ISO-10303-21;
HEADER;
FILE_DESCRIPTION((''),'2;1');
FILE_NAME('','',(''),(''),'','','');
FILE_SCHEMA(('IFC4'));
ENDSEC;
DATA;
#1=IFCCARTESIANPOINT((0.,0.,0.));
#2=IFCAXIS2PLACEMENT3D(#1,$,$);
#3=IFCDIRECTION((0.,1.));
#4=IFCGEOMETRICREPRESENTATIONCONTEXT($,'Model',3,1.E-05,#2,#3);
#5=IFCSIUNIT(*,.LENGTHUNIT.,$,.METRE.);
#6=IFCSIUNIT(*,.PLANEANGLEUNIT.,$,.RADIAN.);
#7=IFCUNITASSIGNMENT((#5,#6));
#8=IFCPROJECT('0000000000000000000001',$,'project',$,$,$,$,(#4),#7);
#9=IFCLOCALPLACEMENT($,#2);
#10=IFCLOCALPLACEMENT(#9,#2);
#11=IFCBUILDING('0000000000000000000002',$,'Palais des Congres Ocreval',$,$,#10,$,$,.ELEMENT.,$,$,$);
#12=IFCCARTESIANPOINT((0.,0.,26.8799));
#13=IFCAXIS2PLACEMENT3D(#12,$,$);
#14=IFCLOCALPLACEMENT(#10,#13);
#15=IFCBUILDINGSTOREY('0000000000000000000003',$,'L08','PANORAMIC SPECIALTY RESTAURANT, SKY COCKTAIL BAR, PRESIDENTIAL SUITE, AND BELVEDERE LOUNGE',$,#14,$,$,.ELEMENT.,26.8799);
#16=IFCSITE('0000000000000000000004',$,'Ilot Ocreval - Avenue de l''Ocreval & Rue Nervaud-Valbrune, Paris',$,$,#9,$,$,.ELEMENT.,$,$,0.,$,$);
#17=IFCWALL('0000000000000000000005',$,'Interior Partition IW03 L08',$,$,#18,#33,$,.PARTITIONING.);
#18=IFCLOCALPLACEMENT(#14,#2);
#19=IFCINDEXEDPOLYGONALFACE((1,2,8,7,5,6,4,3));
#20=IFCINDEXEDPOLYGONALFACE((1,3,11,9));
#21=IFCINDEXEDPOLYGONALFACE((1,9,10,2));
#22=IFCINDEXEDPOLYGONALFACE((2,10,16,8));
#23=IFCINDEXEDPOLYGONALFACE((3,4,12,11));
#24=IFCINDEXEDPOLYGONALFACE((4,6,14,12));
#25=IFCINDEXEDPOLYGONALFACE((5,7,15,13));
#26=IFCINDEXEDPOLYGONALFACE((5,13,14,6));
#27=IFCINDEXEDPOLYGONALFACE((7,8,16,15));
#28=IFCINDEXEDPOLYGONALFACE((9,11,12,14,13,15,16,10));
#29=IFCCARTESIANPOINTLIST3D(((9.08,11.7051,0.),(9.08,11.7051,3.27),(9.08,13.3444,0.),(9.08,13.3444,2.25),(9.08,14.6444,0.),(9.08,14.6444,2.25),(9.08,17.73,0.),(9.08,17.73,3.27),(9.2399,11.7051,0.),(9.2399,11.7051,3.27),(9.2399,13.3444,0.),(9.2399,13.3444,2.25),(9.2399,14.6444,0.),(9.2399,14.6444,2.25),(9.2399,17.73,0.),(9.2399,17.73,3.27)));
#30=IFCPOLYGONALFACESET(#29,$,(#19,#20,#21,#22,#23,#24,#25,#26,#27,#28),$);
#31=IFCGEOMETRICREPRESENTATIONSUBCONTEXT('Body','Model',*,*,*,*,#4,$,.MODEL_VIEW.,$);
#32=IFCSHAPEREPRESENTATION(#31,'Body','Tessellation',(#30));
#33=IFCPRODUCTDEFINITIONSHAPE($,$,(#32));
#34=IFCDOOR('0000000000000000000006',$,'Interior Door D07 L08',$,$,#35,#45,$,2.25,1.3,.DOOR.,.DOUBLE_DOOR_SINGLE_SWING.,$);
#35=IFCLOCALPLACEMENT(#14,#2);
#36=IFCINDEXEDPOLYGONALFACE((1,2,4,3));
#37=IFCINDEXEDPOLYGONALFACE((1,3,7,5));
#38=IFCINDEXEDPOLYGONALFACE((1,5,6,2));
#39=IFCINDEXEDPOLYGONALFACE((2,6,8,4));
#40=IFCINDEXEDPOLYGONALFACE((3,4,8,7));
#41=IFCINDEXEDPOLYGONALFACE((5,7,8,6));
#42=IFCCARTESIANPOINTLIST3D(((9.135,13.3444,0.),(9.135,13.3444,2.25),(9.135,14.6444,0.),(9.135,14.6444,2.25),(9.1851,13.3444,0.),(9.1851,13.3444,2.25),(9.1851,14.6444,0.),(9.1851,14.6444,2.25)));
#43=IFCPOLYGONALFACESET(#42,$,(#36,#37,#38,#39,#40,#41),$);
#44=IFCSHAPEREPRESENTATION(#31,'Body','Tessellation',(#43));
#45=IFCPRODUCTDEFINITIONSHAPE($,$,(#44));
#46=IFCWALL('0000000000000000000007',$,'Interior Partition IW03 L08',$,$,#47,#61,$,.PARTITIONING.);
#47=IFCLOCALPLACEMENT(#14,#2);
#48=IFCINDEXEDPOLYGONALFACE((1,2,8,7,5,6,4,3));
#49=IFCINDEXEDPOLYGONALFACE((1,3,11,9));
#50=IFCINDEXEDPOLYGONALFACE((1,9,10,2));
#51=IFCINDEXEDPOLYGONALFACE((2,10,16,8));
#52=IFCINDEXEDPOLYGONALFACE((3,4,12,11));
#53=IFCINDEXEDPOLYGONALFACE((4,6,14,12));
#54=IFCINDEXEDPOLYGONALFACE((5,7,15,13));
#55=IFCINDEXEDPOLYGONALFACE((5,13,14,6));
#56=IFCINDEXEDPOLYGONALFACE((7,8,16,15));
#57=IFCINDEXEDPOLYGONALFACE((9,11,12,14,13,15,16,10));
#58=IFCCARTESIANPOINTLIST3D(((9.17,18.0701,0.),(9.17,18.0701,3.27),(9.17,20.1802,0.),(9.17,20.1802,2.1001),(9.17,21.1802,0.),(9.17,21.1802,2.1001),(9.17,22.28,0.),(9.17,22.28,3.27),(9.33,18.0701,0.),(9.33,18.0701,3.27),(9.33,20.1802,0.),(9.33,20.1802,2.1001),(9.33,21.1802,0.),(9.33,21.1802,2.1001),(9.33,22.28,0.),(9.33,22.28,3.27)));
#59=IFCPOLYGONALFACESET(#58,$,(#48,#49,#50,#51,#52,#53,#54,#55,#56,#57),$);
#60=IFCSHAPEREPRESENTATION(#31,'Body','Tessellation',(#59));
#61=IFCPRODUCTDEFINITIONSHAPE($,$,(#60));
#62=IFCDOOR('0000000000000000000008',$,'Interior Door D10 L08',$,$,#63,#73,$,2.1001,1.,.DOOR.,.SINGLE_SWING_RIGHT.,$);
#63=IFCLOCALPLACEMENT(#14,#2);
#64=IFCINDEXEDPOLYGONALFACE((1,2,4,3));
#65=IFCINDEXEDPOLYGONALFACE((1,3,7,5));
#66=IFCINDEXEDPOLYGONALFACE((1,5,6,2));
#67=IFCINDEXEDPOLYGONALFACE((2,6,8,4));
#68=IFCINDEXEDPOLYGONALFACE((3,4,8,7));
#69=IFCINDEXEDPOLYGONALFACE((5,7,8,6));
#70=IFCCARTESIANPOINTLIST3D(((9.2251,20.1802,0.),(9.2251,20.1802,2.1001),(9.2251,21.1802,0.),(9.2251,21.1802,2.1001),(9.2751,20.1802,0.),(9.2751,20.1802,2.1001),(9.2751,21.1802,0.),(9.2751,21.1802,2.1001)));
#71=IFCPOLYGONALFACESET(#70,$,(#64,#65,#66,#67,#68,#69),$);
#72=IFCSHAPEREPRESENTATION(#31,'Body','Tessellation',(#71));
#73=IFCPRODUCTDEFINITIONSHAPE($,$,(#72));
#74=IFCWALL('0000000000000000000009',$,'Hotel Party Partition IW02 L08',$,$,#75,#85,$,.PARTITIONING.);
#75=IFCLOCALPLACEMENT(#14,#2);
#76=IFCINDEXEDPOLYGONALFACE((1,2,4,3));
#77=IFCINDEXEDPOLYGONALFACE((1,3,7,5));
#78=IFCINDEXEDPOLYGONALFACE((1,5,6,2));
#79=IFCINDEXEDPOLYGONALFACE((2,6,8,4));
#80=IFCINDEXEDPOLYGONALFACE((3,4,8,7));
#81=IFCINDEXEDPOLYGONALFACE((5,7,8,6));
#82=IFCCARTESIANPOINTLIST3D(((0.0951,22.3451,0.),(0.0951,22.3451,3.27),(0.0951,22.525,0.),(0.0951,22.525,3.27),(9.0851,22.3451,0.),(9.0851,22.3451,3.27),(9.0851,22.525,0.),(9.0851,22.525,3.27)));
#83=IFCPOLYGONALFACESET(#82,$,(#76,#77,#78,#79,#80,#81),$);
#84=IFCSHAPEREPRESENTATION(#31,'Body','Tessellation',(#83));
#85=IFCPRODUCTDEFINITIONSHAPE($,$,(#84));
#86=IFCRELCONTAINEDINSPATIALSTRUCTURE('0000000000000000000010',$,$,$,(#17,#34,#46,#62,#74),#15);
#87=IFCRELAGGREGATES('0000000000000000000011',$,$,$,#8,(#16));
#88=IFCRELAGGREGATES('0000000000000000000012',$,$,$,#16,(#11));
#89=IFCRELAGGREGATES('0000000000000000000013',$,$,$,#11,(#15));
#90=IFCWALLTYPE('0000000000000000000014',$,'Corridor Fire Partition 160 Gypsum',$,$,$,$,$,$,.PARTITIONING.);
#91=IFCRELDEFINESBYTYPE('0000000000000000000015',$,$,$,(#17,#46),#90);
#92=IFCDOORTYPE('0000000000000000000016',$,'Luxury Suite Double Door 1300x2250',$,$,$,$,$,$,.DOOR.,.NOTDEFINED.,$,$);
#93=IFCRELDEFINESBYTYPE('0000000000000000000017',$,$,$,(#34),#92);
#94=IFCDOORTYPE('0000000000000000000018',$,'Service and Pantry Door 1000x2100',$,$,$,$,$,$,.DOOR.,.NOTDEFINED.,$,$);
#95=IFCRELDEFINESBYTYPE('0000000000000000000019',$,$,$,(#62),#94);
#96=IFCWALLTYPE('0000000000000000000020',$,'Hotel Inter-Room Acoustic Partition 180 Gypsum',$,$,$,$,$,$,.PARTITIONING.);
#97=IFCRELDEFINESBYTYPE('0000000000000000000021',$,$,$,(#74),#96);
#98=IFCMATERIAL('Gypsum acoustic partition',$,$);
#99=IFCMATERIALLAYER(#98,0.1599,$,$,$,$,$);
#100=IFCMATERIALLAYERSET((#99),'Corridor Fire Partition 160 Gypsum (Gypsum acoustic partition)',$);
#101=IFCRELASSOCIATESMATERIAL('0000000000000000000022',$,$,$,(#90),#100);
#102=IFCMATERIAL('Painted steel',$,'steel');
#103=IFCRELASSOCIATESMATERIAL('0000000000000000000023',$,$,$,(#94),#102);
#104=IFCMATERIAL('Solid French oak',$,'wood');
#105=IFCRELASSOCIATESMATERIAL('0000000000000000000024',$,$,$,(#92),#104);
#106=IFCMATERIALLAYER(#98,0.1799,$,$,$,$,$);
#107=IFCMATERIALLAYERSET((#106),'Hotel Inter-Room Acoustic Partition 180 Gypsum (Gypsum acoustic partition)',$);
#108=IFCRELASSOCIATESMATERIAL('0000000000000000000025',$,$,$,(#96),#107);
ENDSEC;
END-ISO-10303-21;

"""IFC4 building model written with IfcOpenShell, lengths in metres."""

from ifc_helpers import new_model, si_unit, direction, frame, frame_2d, origin, place, context, subcontext, project, spatial, rectangle, extrude, material, layer, layer_set, type_object, element, fill, save


model = new_model("IFC4")

# Units and contexts
model_context = context("Model", 3, precision=1e-05, world=origin(), true_north=direction((0.0, 1.0)))
body_context = subcontext(model_context, "Body", "Model", "MODEL_VIEW")
ifc_project = project(units=[si_unit("LENGTHUNIT", "METRE"), si_unit("PLANEANGLEUNIT", "RADIAN")], contexts=[model_context])

# Site, building, storey
site_placement = place(None, origin())
site = spatial("IfcSite", under=ifc_project, at=site_placement, Name="Ilot Ocreval - Avenue de l'Ocreval & Rue Nervaud-Valbrune, Paris", CompositionType="ELEMENT", RefElevation=0.0)
building_placement = place(site_placement, origin())
building = spatial("IfcBuilding", under=site, at=building_placement, Name="Palais des Congres Ocreval", CompositionType="ELEMENT")
storey_placement = place(building_placement, frame((0.0, 0.0, 26.8799)))
storey = spatial("IfcBuildingStorey", under=building, at=storey_placement, Name="L08", Description="PANORAMIC SPECIALTY RESTAURANT, SKY COCKTAIL BAR, PRESIDENTIAL SUITE, AND BELVEDERE LOUNGE", CompositionType="ELEMENT", Elevation=26.8799)

# Shared definitions
ifc_material_1 = material(Name="Solid French oak", Category="wood")

# Shared definitions
ifc_material_2 = material(Name="Gypsum acoustic partition")
ifc_layer_1 = layer(ifc_material_2, 0.1599)
ifc_layer_set_1 = layer_set([ifc_layer_1], Name="Corridor Fire Partition 160 Gypsum (Gypsum acoustic partition)")
wall_type_1 = type_object("IfcWallType", Name="Corridor Fire Partition 160 Gypsum", PredefinedType="PARTITIONING", material=ifc_layer_set_1)

# Walls, openings, doors
ifc_material_3 = material(Name="Painted steel", Category="steel")
door_type_1 = type_object("IfcDoorType", Name="Service and Pantry Door 1000x2100", OperationType="NOTDEFINED", PredefinedType="DOOR", material=ifc_material_3)
wall_1_placement = place(storey_placement, frame((9.1599, 11.7051, 0.0), z_axis=(0.0, 0.0, 1.0), x_axis=(0.0, 1.0, 0.0)))
wall_1 = element("IfcWall", 1, at=wall_1_placement, inside=storey, type_object=wall_type_1, Name="Interior Partition IW03 L08", PredefinedType="PARTITIONING", context=body_context, shape_type="SweptSolid", body=[
    extrude(rectangle(XDim=6.0249, YDim=0.1599, at=frame_2d((3.0125, 0.0))), origin(), (0.0, 0.0, 1.0), 3.27),
])
opening_1_placement = place(wall_1_placement, frame((1.6394, 0.0, 0.0)))
opening_1 = element("IfcOpeningElement", 2, at=opening_1_placement, cuts=wall_1, PredefinedType="OPENING", context=body_context, shape_type="SweptSolid", body=[
    extrude(rectangle(XDim=1.3, YDim=2.25, at=frame_2d((0.6499, 1.125))), frame((0.0, 0.0898, 0.0), z_axis=(0.0, -1.0, 0.0), x_axis=(1.0, 0.0, 0.0)), (0.0, 0.0, 1.0), 0.1799),
])
door_type_2 = type_object("IfcDoorType", Name="Luxury Suite Double Door 1300x2250", OperationType="NOTDEFINED", PredefinedType="DOOR", material=ifc_material_1)
door_1_placement = place(opening_1_placement, origin())
door_1 = element("IfcDoor", 3, at=door_1_placement, inside=storey, type_object=door_type_2, Name="Interior Door D07 L08", OperationType="DOUBLE_DOOR_SINGLE_SWING", OverallHeight=2.25, OverallWidth=1.3, PredefinedType="DOOR", context=body_context, shape_type="SweptSolid", body=[
    extrude(rectangle(XDim=1.3, YDim=2.25, at=frame_2d((0.6499, 1.125))), frame((0.0, 0.0249, 0.0), z_axis=(0.0, -1.0, 0.0), x_axis=(1.0, 0.0, 0.0)), (0.0, 0.0, 1.0), 0.05),
])
fill(opening_1, door_1)
wall_2_placement = place(storey_placement, frame((9.25, 18.0701, 0.0), z_axis=(0.0, 0.0, 1.0), x_axis=(0.0, 1.0, 0.0)))
wall_2 = element("IfcWall", 4, at=wall_2_placement, inside=storey, type_object=wall_type_1, Name="Interior Partition IW03 L08", PredefinedType="PARTITIONING", context=body_context, shape_type="SweptSolid", body=[
    extrude(rectangle(XDim=4.21, YDim=0.1599, at=frame_2d((2.105, 0.0))), origin(), (0.0, 0.0, 1.0), 3.27),
])
opening_2_placement = place(wall_2_placement, frame((2.1101, 0.0, 0.0)))
opening_2 = element("IfcOpeningElement", 5, at=opening_2_placement, cuts=wall_2, PredefinedType="OPENING", context=body_context, shape_type="SweptSolid", body=[
    extrude(rectangle(XDim=1.0, YDim=2.1001, at=frame_2d((0.5, 1.05))), frame((0.0, 0.0898, 0.0), z_axis=(0.0, -1.0, 0.0), x_axis=(1.0, 0.0, 0.0)), (0.0, 0.0, 1.0), 0.1799),
])
door_2_placement = place(opening_2_placement, origin())
door_2 = element("IfcDoor", 6, at=door_2_placement, inside=storey, type_object=door_type_1, Name="Interior Door D10 L08", OperationType="SINGLE_SWING_RIGHT", OverallHeight=2.1001, OverallWidth=1.0, PredefinedType="DOOR", context=body_context, shape_type="SweptSolid", body=[
    extrude(rectangle(XDim=1.0, YDim=2.1001, at=frame_2d((0.5, 1.05))), frame((0.0, 0.0249, 0.0), z_axis=(0.0, -1.0, 0.0), x_axis=(1.0, 0.0, 0.0)), (0.0, 0.0, 1.0), 0.05),
])
fill(opening_2, door_2)

# Wall
ifc_layer_2 = layer(ifc_material_2, 0.1799)
ifc_layer_set_2 = layer_set([ifc_layer_2], Name="Hotel Inter-Room Acoustic Partition 180 Gypsum (Gypsum acoustic partition)")
wall_type_2 = type_object("IfcWallType", Name="Hotel Inter-Room Acoustic Partition 180 Gypsum", PredefinedType="PARTITIONING", material=ifc_layer_set_2)
wall_3_placement = place(storey_placement, frame((0.095, 22.4351, 0.0), z_axis=(0.0, 0.0, 1.0), x_axis=(1.0, 0.0, 0.0)))
element("IfcWall", 7, at=wall_3_placement, inside=storey, type_object=wall_type_2, Name="Hotel Party Partition IW02 L08", PredefinedType="PARTITIONING", context=body_context, shape_type="SweptSolid", body=[
    extrude(rectangle(XDim=8.99, YDim=0.1799, at=frame_2d((4.4951, 0.0))), origin(), (0.0, 0.0, 1.0), 3.27),
])

save(model, "model.ifc")
